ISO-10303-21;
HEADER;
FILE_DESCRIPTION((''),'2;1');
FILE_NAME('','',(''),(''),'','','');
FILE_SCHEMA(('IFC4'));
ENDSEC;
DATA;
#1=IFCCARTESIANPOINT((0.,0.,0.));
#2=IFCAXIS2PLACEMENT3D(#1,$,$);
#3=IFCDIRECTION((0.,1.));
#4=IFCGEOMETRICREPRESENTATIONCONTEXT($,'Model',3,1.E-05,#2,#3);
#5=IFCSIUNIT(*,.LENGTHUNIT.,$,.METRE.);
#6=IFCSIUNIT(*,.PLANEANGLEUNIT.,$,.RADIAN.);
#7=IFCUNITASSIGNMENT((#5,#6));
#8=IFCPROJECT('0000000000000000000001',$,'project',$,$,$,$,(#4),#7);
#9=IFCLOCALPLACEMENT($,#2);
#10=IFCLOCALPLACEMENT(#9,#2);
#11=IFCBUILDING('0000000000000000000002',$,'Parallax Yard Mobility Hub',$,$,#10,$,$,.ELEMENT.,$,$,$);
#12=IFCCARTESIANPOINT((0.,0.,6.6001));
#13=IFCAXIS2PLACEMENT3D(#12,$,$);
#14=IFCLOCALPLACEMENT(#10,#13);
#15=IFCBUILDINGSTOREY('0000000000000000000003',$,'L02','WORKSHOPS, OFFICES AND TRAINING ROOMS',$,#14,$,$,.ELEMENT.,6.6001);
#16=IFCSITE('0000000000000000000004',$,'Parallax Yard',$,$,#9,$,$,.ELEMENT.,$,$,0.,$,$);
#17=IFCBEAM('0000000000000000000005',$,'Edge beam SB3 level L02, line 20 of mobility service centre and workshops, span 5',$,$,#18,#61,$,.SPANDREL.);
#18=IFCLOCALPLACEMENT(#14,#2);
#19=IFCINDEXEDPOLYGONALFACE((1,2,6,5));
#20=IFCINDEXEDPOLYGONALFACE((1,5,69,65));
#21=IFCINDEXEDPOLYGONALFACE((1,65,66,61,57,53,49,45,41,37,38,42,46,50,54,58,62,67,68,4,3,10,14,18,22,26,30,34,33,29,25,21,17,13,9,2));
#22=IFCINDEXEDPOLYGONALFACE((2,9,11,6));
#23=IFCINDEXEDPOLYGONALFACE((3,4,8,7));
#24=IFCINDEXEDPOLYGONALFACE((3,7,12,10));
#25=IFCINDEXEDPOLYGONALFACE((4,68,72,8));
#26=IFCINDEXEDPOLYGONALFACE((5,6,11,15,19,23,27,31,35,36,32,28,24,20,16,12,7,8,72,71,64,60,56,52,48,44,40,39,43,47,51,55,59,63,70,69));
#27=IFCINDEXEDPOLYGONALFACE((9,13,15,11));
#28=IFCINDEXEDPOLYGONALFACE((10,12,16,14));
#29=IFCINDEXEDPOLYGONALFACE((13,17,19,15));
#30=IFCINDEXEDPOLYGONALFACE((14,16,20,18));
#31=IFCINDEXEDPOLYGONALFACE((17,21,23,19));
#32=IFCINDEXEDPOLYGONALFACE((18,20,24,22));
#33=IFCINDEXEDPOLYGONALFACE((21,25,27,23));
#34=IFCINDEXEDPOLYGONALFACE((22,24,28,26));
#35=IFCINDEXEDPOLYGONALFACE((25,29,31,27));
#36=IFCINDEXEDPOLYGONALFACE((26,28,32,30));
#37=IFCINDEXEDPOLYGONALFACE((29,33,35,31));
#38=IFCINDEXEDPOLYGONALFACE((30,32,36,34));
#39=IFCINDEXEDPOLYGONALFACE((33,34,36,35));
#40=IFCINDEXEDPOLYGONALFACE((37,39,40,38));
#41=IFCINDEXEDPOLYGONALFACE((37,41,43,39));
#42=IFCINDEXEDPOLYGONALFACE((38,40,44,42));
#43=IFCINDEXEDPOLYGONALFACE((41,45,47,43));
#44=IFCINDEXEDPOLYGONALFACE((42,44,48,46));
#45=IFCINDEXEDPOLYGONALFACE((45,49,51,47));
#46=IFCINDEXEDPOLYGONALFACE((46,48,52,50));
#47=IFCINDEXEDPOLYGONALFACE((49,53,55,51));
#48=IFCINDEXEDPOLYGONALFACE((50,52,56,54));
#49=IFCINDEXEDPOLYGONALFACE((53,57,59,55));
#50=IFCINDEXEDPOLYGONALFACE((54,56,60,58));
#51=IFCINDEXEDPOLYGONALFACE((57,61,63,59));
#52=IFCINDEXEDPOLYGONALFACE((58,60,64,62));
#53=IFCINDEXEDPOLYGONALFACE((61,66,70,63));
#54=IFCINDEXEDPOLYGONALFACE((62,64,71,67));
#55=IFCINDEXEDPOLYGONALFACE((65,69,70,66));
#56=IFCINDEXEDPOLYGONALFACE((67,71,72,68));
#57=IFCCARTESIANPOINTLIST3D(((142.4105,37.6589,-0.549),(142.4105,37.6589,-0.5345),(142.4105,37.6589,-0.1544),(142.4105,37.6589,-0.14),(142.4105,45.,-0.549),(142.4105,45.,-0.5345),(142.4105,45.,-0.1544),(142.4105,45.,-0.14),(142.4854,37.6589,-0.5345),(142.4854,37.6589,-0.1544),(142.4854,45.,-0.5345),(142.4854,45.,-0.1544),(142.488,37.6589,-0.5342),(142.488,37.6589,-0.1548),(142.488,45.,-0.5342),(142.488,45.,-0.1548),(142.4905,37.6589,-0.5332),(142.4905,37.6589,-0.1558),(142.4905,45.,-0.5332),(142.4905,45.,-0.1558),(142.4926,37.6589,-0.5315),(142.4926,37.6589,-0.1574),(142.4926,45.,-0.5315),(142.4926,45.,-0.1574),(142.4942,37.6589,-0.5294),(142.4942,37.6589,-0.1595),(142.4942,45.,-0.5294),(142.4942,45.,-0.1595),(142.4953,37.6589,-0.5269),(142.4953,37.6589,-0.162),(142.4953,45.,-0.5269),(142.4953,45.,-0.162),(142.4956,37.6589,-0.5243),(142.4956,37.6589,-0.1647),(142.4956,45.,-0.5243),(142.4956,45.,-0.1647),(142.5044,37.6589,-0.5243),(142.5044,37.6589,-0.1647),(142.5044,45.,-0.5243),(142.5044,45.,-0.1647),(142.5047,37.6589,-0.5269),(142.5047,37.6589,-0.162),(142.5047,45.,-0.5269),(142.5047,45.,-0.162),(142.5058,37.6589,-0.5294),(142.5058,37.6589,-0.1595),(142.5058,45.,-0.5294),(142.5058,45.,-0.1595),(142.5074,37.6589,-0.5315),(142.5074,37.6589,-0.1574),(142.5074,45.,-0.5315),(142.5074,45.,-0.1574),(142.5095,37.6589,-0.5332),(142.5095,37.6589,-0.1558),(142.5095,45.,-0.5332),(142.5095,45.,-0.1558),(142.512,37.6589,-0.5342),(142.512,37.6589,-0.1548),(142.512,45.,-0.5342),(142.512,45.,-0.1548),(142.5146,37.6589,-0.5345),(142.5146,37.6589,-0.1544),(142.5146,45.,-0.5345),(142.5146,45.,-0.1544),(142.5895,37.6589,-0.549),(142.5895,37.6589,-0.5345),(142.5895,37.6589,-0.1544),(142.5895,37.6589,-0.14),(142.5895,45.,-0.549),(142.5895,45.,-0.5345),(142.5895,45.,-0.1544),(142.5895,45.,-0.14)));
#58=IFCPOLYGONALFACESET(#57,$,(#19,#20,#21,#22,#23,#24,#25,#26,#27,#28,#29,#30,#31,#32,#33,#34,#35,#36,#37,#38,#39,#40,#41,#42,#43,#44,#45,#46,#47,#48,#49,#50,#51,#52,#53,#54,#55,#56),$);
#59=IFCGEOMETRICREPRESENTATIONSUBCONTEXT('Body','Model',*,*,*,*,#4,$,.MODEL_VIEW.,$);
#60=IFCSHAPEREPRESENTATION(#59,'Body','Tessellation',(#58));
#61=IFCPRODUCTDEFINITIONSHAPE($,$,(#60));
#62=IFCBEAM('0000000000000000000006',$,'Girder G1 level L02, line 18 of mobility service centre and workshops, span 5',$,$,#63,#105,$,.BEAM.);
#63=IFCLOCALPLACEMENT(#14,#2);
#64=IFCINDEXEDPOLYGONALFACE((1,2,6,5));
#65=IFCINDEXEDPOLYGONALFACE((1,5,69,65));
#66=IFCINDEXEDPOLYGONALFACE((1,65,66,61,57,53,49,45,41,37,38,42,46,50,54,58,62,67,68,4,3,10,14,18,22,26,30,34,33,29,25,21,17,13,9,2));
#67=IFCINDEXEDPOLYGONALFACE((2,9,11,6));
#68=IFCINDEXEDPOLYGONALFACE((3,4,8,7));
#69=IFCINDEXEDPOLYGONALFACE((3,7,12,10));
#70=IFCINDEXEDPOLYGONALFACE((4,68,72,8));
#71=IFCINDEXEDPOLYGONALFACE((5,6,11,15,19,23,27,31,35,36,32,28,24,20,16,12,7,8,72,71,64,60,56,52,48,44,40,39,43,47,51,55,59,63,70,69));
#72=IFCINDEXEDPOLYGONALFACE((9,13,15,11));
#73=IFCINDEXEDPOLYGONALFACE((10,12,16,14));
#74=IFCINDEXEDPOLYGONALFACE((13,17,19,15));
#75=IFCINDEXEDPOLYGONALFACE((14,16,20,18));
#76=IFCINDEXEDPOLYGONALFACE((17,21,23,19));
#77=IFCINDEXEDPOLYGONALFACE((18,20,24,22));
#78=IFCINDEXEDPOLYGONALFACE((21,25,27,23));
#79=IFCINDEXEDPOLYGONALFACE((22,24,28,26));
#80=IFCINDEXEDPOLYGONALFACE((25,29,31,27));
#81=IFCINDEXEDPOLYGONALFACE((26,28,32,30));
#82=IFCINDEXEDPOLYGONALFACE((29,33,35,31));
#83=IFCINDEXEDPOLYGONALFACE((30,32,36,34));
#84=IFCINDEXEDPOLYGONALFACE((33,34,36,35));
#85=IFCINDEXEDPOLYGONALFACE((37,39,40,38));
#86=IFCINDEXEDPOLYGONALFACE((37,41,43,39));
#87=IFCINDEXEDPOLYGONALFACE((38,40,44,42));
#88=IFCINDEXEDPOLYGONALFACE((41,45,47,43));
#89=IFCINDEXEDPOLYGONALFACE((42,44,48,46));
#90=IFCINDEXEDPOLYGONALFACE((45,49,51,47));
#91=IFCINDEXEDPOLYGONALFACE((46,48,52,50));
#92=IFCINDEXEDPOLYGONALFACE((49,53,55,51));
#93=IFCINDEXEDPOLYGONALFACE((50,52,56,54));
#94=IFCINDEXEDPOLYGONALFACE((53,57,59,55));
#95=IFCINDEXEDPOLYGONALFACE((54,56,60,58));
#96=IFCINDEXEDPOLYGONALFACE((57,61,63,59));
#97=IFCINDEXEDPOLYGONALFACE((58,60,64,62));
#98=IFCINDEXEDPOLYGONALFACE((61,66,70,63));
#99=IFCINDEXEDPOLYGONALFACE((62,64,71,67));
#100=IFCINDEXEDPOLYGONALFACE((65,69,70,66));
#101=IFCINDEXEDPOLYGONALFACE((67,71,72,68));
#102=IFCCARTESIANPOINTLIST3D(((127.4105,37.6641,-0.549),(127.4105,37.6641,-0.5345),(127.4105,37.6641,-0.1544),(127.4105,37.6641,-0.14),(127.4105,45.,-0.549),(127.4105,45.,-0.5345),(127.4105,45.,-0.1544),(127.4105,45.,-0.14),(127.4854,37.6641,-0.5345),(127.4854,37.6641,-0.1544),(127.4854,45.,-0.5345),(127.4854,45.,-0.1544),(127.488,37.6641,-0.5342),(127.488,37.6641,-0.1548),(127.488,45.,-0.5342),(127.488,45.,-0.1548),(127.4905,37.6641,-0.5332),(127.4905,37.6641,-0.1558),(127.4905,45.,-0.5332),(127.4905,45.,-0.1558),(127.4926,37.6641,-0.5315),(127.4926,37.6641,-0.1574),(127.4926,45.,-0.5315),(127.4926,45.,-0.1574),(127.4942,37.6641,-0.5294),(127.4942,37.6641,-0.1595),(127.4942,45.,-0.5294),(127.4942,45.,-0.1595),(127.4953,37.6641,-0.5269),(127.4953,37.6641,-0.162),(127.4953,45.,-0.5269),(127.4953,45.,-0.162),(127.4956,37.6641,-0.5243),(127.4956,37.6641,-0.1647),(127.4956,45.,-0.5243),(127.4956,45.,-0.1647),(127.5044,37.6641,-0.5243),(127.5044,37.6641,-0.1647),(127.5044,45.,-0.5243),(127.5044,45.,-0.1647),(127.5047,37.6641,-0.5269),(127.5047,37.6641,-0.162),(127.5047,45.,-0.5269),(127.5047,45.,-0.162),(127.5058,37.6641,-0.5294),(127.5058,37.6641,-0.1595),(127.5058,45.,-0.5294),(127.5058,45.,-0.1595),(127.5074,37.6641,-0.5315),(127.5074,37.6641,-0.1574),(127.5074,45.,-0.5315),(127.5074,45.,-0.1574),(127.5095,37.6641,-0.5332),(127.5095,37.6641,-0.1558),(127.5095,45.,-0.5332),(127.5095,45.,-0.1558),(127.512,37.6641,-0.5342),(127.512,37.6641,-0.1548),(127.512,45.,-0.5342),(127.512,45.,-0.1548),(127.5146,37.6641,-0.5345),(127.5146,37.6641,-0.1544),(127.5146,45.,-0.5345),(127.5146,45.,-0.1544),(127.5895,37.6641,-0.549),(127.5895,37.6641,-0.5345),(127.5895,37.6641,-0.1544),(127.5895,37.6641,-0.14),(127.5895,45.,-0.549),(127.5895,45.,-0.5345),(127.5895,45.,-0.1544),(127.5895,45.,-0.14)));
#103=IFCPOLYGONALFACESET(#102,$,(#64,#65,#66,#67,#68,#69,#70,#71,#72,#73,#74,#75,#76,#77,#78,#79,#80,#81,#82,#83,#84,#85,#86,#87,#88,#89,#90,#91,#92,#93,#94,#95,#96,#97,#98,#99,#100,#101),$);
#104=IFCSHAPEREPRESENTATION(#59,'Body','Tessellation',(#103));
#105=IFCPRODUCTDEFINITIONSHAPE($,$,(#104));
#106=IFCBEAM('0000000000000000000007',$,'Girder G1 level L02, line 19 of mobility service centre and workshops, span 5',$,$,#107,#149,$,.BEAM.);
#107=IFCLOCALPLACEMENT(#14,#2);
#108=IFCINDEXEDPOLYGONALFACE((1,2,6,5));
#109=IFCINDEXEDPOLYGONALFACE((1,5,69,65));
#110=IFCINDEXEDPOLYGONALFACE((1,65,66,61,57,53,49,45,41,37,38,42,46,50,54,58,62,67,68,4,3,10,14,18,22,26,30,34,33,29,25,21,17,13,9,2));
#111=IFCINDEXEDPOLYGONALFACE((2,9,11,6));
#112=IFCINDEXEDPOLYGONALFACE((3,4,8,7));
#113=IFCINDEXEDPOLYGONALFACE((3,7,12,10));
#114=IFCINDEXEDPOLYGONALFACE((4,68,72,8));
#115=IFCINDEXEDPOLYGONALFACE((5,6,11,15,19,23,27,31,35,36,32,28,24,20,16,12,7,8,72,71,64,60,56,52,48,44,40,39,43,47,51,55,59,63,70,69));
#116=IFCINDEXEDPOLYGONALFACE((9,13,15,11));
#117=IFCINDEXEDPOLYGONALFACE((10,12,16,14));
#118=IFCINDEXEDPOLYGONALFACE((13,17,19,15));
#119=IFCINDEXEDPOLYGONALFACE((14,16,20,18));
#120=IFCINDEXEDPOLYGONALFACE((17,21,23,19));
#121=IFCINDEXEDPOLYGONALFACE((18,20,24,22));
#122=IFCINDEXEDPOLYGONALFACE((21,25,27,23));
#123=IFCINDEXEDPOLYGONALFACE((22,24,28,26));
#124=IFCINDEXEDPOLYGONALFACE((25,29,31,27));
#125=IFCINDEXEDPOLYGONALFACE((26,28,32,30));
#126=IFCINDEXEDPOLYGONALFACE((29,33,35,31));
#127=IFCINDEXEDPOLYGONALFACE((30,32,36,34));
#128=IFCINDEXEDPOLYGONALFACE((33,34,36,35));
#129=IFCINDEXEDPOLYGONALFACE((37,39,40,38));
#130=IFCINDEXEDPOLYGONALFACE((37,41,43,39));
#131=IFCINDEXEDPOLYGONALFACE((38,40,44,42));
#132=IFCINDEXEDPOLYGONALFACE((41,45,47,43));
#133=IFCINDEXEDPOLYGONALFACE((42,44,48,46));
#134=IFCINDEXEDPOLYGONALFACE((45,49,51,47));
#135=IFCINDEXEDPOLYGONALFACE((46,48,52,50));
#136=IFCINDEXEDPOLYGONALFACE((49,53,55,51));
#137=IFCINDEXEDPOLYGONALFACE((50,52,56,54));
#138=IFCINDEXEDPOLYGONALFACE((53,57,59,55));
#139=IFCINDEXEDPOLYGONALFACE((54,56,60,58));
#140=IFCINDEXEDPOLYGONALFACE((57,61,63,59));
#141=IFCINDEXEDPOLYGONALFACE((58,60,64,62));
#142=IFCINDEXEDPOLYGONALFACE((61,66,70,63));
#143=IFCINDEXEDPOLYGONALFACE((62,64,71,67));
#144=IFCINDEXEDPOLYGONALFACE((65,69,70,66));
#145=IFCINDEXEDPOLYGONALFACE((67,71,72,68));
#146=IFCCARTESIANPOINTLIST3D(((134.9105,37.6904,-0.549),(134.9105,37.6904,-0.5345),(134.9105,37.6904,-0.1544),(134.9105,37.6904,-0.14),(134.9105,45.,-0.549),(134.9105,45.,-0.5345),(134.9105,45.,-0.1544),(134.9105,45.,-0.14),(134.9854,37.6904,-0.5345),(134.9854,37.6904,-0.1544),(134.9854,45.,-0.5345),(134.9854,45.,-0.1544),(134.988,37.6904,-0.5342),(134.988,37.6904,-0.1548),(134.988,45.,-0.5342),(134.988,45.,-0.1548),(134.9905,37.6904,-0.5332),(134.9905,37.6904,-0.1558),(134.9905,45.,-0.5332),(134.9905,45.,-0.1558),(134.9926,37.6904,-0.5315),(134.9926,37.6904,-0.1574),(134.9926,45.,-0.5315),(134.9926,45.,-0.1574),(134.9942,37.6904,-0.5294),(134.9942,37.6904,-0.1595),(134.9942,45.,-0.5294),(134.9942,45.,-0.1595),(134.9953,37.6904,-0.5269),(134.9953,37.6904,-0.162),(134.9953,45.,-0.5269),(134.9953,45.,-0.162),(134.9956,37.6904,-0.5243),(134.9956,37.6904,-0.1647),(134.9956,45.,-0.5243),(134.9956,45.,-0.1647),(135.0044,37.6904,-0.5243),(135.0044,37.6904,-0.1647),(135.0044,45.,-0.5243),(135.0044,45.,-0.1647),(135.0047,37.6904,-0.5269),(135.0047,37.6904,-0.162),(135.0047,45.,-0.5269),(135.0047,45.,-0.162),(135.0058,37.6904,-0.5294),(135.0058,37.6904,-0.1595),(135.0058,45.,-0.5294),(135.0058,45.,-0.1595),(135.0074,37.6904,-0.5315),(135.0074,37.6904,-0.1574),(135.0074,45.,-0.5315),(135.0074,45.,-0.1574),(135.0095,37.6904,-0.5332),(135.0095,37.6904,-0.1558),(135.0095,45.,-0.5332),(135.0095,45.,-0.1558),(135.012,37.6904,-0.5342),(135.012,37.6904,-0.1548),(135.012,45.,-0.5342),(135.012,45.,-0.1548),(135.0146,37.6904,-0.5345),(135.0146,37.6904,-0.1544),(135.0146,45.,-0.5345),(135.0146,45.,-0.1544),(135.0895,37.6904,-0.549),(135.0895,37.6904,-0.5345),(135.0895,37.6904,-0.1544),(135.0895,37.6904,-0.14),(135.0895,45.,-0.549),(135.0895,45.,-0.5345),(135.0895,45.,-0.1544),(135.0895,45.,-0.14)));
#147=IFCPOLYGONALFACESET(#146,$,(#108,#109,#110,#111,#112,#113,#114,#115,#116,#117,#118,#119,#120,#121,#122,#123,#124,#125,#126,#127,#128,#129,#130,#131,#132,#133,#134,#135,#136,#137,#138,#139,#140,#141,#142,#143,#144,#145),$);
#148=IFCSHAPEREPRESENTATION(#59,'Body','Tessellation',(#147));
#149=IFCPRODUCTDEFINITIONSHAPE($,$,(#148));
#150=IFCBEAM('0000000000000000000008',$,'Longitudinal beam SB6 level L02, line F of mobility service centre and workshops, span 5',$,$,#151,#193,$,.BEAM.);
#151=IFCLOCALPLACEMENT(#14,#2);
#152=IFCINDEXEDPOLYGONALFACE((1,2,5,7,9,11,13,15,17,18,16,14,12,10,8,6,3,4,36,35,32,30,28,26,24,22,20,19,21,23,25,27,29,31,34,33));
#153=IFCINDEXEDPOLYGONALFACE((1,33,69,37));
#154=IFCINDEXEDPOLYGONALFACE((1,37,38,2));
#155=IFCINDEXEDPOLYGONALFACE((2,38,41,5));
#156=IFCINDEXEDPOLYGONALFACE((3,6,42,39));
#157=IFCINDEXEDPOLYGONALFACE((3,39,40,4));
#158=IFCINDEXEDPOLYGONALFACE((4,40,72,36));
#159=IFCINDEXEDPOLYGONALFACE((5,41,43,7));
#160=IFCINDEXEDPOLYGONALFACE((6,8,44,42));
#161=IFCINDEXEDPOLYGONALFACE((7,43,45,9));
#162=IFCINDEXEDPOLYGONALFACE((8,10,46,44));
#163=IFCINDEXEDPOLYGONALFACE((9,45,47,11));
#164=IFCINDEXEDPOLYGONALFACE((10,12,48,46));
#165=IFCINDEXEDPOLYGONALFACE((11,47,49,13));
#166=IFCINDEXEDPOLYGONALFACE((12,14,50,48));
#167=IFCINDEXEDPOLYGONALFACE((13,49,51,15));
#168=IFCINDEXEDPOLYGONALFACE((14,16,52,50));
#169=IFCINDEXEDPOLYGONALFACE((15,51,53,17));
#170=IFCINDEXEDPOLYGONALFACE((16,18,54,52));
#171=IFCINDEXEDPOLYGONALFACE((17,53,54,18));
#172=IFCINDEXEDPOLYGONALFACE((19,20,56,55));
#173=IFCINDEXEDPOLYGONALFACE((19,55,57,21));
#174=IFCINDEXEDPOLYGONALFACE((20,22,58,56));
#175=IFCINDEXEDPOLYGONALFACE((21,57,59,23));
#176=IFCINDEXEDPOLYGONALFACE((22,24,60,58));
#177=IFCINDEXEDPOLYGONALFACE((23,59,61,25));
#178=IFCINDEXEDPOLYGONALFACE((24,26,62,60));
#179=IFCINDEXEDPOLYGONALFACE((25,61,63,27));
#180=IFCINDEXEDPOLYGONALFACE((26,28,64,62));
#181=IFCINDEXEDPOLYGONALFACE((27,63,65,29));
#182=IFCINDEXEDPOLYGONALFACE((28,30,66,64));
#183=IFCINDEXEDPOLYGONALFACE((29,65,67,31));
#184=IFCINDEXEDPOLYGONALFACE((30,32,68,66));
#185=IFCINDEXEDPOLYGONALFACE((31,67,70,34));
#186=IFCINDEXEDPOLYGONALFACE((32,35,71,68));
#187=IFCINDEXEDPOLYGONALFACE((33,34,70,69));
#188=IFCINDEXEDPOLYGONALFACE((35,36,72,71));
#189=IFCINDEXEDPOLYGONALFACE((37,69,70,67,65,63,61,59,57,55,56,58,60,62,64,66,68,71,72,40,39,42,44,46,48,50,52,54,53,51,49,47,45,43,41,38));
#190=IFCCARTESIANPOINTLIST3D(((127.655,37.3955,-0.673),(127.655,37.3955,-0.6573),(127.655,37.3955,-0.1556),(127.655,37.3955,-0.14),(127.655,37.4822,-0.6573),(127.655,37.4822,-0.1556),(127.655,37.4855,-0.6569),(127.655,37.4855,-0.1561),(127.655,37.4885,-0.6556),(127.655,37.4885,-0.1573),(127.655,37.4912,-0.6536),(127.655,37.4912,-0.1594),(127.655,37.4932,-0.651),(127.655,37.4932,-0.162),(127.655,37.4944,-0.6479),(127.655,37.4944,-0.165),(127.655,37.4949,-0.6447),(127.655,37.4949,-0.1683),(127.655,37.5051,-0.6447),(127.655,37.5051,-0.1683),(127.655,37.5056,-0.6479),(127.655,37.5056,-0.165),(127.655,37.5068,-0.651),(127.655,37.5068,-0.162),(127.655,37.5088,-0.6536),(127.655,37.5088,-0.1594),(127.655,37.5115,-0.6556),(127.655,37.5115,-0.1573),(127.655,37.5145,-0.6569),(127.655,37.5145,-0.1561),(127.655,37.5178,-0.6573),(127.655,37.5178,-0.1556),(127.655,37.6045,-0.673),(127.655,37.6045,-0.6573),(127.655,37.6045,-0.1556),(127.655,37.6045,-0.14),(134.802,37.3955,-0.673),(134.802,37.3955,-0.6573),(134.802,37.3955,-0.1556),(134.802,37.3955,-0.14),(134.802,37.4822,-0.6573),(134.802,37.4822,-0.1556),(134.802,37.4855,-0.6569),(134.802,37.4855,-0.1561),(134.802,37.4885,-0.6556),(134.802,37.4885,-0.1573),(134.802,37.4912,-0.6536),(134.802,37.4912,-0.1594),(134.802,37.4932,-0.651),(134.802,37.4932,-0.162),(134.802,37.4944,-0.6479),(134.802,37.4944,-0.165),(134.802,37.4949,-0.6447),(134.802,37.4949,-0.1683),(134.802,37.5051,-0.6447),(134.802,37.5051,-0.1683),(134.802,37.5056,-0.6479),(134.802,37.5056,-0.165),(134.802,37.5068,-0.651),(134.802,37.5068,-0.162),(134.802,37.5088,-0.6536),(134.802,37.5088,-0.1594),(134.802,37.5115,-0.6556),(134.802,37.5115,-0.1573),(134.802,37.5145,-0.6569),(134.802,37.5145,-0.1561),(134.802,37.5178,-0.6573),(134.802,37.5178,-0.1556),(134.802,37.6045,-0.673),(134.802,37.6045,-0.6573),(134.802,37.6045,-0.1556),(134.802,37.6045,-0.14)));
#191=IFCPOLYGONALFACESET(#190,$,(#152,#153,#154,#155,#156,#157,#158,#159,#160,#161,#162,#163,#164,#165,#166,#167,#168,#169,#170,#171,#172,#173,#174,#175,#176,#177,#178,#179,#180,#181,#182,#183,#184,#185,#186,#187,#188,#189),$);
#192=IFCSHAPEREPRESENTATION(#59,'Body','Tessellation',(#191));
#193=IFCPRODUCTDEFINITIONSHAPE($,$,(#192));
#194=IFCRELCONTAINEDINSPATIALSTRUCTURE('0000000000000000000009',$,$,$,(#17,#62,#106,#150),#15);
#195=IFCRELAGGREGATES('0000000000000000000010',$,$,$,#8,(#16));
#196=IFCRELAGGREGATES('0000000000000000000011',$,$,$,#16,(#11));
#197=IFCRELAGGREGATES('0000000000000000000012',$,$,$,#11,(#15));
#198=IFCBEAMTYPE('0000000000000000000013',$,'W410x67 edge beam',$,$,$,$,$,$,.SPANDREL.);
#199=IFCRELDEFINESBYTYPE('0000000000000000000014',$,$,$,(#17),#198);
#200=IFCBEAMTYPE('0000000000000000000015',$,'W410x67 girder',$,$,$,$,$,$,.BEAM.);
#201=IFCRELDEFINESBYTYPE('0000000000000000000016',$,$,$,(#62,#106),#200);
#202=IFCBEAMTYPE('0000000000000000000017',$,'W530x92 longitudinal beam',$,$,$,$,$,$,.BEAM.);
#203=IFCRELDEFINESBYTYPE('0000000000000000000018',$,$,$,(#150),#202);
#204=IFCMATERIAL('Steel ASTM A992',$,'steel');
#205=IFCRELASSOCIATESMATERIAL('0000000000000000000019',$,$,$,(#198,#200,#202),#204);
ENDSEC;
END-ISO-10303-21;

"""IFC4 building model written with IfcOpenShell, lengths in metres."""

from ifc_helpers import new_model, si_unit, direction, frame, origin, origin_2d, place, context, subcontext, project, spatial, i_section, extrude, material, material_profile, profile_set, type_object, element, save


model = new_model("IFC4")

# Units and contexts
model_context = context("Model", 3, precision=1e-05, world=origin(), true_north=direction((0.0, 1.0)))
body_context = subcontext(model_context, "Body", "Model", "MODEL_VIEW")
ifc_project = project(units=[si_unit("LENGTHUNIT", "METRE"), si_unit("PLANEANGLEUNIT", "RADIAN")], contexts=[model_context])

# Site, building, storey
site_placement = place(None, origin())
site = spatial("IfcSite", under=ifc_project, at=site_placement, Name="Parallax Yard", CompositionType="ELEMENT", RefElevation=0.0)
building_placement = place(site_placement, origin())
building = spatial("IfcBuilding", under=site, at=building_placement, Name="Parallax Yard Mobility Hub", CompositionType="ELEMENT")
storey_placement = place(building_placement, frame((0.0, 0.0, 6.6001)))
storey = spatial("IfcBuildingStorey", under=building, at=storey_placement, Name="L02", Description="WORKSHOPS, OFFICES AND TRAINING ROOMS", CompositionType="ELEMENT", Elevation=6.6001)

# Shared definitions
ifc_material_1 = material(Name="Steel ASTM A992", Category="steel")

# Beams
ifc_material_profile_1 = material_profile(ifc_material_1, i_section(OverallWidth=0.179, OverallDepth=0.4089, WebThickness=0.0088, FlangeThickness=0.0144, FilletRadius=0.0103, at=origin_2d()), Name="W410x67")
ifc_profile_set_1 = profile_set([ifc_material_profile_1], Name="Steel ASTM A992")
beam_type_1 = type_object("IfcBeamType", Name="W410x67 edge beam", PredefinedType="SPANDREL", material=ifc_profile_set_1)
beam_1_placement = place(storey_placement, frame((142.5, 37.6589, -0.3445), z_axis=(0.0, 1.0, 0.0), x_axis=(-1.0, 0.0, 0.0)))
element("IfcBeam", 1, at=beam_1_placement, inside=storey, type_object=beam_type_1, Name="Edge beam SB3 level L02, line 20 of mobility service centre and workshops, span 5", PredefinedType="SPANDREL", context=body_context, shape_type="SweptSolid", body=[
    extrude(i_section(OverallWidth=0.179, OverallDepth=0.4089, WebThickness=0.0088, FlangeThickness=0.0144, FilletRadius=0.0103, at=origin_2d()), origin(), (0.0, 0.0, 1.0), 7.3411),
])
ifc_material_profile_2 = material_profile(ifc_material_1, i_section(OverallWidth=0.179, OverallDepth=0.4089, WebThickness=0.0088, FlangeThickness=0.0144, FilletRadius=0.0103, at=origin_2d()), Name="W410x67")
ifc_profile_set_2 = profile_set([ifc_material_profile_2], Name="Steel ASTM A992")
beam_type_2 = type_object("IfcBeamType", Name="W410x67 girder", PredefinedType="BEAM", material=ifc_profile_set_2)
beam_2_placement = place(storey_placement, frame((127.5, 37.6641, -0.3445), z_axis=(0.0, 1.0, 0.0), x_axis=(-1.0, 0.0, 0.0)))
element("IfcBeam", 2, at=beam_2_placement, inside=storey, type_object=beam_type_2, Name="Girder G1 level L02, line 18 of mobility service centre and workshops, span 5", PredefinedType="BEAM", context=body_context, shape_type="SweptSolid", body=[
    extrude(i_section(OverallWidth=0.179, OverallDepth=0.4089, WebThickness=0.0088, FlangeThickness=0.0144, FilletRadius=0.0103, at=origin_2d()), origin(), (0.0, 0.0, 1.0), 7.3359),
])
beam_3_placement = place(storey_placement, frame((135.0, 37.6904, -0.3445), z_axis=(0.0, 1.0, 0.0), x_axis=(-1.0, 0.0, 0.0)))
element("IfcBeam", 3, at=beam_3_placement, inside=storey, type_object=beam_type_2, Name="Girder G1 level L02, line 19 of mobility service centre and workshops, span 5", PredefinedType="BEAM", context=body_context, shape_type="SweptSolid", body=[
    extrude(i_section(OverallWidth=0.179, OverallDepth=0.4089, WebThickness=0.0088, FlangeThickness=0.0144, FilletRadius=0.0103, at=origin_2d()), origin(), (0.0, 0.0, 1.0), 7.3096),
])
ifc_material_profile_3 = material_profile(ifc_material_1, i_section(OverallWidth=0.209, OverallDepth=0.533, WebThickness=0.0103, FlangeThickness=0.0156, FilletRadius=0.0127, at=origin_2d()), Name="W530x92")
ifc_profile_set_3 = profile_set([ifc_material_profile_3], Name="Steel ASTM A992")
beam_type_3 = type_object("IfcBeamType", Name="W530x92 longitudinal beam", PredefinedType="BEAM", material=ifc_profile_set_3)
beam_4_placement = place(storey_placement, frame((127.655, 37.5, -0.4065), z_axis=(1.0, 0.0, 0.0), x_axis=(0.0, 1.0, 0.0)))
element("IfcBeam", 4, at=beam_4_placement, inside=storey, type_object=beam_type_3, Name="Longitudinal beam SB6 level L02, line F of mobility service centre and workshops, span 5", PredefinedType="BEAM", context=body_context, shape_type="SweptSolid", body=[
    extrude(i_section(OverallWidth=0.209, OverallDepth=0.533, WebThickness=0.0103, FlangeThickness=0.0156, FilletRadius=0.0127, at=origin_2d()), origin(), (0.0, 0.0, 1.0), 7.147),
])

save(model, "model.ifc")
